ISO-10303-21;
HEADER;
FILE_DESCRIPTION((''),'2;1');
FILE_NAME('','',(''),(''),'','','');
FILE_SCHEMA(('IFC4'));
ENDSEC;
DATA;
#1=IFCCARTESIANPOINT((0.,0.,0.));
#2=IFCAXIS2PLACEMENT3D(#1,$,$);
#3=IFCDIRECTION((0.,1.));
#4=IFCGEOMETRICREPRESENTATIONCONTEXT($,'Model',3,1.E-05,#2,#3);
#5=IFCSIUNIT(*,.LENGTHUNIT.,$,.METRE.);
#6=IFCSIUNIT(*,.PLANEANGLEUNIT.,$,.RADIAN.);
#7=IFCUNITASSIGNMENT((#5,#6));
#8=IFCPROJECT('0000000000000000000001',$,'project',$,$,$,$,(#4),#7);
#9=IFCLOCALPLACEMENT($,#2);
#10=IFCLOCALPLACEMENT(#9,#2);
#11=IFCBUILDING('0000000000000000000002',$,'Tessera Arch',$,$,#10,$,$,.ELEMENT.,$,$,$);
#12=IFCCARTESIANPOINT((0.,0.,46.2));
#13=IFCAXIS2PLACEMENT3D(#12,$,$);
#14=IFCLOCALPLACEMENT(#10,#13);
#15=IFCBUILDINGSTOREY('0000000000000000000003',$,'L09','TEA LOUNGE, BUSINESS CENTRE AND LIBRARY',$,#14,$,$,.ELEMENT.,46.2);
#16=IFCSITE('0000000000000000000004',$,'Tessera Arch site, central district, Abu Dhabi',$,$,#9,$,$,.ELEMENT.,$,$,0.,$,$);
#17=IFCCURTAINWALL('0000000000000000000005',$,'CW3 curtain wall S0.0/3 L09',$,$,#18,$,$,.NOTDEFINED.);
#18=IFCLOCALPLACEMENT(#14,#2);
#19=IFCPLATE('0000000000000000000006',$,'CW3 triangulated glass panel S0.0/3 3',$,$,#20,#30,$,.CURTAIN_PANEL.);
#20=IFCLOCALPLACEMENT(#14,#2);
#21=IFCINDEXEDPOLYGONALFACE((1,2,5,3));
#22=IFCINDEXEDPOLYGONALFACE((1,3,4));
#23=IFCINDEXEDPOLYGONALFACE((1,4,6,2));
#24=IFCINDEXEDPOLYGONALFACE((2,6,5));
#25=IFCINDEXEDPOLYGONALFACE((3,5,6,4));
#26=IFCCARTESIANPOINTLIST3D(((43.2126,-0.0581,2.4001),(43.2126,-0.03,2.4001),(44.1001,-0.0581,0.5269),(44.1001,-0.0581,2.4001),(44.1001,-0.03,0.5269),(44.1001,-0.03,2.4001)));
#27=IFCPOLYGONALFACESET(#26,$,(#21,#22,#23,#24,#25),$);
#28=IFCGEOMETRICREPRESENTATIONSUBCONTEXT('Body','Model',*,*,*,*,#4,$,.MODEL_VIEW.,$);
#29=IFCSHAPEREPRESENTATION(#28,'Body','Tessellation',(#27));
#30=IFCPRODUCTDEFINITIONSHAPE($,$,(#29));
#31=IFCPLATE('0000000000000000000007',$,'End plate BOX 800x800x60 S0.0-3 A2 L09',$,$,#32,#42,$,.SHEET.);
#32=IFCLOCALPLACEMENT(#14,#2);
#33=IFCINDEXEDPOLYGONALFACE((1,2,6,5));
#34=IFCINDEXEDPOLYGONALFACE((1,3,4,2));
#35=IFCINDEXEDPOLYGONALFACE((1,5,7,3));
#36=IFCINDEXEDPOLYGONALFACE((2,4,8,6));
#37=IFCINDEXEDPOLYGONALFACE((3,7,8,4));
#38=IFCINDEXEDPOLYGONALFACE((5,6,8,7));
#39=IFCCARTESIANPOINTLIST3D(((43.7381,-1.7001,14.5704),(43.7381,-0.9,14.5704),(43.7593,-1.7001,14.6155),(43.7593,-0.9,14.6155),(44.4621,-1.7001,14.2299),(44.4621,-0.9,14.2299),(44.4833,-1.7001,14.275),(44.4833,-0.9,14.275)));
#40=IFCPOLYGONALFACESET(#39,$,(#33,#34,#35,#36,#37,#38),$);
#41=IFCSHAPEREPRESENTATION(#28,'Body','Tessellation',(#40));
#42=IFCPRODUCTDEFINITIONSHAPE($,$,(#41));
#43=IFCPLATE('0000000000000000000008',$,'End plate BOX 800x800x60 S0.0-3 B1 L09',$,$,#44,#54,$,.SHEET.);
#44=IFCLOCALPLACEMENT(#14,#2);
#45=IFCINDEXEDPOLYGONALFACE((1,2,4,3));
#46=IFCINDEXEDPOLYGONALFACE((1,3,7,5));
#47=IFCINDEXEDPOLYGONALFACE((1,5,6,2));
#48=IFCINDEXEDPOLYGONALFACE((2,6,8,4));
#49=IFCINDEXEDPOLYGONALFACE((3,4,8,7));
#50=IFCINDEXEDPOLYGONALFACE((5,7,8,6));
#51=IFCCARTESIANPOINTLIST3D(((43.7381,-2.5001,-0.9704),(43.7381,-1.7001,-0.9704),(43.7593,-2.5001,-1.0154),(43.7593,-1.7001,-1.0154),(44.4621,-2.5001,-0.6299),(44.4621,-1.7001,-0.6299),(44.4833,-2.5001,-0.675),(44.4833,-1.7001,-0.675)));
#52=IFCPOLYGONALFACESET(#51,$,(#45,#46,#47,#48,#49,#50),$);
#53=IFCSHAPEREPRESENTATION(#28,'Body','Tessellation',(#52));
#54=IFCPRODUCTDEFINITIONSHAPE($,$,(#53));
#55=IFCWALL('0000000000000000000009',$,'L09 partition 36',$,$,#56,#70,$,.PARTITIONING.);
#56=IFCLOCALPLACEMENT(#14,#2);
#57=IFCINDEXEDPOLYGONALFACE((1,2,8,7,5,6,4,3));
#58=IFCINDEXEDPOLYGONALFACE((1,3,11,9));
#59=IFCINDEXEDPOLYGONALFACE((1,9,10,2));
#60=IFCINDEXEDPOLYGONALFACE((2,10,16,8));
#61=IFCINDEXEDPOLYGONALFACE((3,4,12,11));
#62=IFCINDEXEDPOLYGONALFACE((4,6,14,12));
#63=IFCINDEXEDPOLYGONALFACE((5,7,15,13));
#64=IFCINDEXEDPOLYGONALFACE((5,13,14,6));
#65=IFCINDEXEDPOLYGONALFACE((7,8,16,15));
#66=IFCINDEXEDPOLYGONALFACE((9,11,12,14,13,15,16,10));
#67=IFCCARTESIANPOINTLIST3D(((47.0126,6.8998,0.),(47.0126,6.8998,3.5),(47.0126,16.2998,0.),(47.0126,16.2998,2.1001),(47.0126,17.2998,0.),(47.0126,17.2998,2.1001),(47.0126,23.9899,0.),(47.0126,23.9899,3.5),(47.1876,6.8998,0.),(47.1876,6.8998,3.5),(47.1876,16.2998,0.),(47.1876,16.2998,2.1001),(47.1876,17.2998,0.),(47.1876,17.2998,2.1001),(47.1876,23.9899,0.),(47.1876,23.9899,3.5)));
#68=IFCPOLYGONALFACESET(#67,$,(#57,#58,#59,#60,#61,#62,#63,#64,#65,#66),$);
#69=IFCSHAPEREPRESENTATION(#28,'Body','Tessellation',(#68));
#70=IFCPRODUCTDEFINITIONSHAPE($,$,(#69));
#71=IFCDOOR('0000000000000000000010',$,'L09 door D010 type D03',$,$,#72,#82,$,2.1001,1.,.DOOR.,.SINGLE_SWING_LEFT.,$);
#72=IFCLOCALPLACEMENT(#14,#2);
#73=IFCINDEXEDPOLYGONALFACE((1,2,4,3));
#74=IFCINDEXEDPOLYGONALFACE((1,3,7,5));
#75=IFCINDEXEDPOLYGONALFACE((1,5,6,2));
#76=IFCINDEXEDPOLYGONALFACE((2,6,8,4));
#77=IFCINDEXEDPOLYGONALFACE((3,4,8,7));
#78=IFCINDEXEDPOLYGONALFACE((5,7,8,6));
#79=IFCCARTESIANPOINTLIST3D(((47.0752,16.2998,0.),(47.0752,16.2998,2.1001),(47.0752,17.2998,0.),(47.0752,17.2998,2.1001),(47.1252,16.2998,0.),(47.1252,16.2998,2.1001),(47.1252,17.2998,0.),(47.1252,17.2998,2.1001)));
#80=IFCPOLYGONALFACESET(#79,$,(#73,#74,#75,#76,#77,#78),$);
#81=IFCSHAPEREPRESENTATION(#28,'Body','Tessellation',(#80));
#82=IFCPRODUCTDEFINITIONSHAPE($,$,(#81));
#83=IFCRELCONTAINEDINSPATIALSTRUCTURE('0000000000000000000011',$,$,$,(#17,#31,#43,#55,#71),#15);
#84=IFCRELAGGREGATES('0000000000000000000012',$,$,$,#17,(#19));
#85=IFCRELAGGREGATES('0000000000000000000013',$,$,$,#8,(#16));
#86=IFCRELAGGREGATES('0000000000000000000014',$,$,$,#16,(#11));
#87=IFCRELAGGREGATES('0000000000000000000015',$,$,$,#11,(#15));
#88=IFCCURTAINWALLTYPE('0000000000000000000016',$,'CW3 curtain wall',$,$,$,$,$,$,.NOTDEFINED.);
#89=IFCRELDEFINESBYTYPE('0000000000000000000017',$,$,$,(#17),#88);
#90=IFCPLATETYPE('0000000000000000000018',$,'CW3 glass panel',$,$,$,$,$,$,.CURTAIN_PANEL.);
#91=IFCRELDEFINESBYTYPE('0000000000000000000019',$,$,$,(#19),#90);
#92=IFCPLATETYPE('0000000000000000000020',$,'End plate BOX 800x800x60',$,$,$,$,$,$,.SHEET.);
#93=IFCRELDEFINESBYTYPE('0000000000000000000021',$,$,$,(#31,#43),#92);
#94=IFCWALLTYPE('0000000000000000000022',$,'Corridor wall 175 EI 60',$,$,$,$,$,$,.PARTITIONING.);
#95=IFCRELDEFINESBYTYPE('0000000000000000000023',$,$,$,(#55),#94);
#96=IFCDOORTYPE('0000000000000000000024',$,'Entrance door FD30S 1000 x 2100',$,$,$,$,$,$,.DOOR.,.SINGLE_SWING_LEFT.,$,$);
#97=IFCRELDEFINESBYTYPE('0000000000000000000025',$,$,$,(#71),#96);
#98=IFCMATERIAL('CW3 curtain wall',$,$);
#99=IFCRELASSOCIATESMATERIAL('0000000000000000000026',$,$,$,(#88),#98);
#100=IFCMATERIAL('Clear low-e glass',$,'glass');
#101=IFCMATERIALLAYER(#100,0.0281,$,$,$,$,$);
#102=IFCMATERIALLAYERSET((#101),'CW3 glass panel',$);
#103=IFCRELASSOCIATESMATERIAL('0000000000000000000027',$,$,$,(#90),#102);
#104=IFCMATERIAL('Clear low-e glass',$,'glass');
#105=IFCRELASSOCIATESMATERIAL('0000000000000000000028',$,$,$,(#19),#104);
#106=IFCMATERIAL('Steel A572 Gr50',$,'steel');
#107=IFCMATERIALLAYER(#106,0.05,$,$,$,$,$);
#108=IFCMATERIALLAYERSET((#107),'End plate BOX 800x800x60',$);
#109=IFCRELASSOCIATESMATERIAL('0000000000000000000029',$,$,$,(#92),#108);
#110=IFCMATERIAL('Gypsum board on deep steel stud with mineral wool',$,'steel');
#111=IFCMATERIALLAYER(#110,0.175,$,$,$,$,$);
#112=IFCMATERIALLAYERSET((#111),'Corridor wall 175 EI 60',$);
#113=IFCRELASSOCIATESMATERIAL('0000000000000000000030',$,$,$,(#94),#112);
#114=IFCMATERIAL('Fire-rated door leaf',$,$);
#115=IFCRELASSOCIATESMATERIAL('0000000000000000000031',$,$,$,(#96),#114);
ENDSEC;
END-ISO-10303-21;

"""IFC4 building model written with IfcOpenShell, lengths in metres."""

from ifc_helpers import new_model, si_unit, direction, frame, frame_2d, origin, origin_2d, place, context, subcontext, project, spatial, polyline, rectangle, outline, extrude, material, layer, layer_set, type_object, element, fill, aggregate, save


model = new_model("IFC4")

# Units and contexts
model_context = context("Model", 3, precision=1e-05, world=origin(), true_north=direction((0.0, 1.0)))
body_context = subcontext(model_context, "Body", "Model", "MODEL_VIEW")
ifc_project = project(units=[si_unit("LENGTHUNIT", "METRE"), si_unit("PLANEANGLEUNIT", "RADIAN")], contexts=[model_context])

# Site, building, storey
site_placement = place(None, origin())
site = spatial("IfcSite", under=ifc_project, at=site_placement, Name="Tessera Arch site, central district, Abu Dhabi", CompositionType="ELEMENT", RefElevation=0.0)
building_placement = place(site_placement, origin())
building = spatial("IfcBuilding", under=site, at=building_placement, Name="Tessera Arch", CompositionType="ELEMENT")
storey_placement = place(building_placement, frame((0.0, 0.0, 46.2)))
storey = spatial("IfcBuildingStorey", under=building, at=storey_placement, Name="L09", Description="TEA LOUNGE, BUSINESS CENTRE AND LIBRARY", CompositionType="ELEMENT", Elevation=46.2)

# Shared definitions
ifc_material_1 = material(Name="Clear low-e glass", Category="glass")

# Curtain wall, plate
ifc_material_2 = material(Name="CW3 curtain wall")
curtain_wall_type_1 = type_object("IfcCurtainWallType", Name="CW3 curtain wall", PredefinedType="NOTDEFINED", material=ifc_material_2)
curtain_wall_1_placement = place(storey_placement, origin())
curtain_wall_1 = element("IfcCurtainWall", 1, at=curtain_wall_1_placement, inside=storey, type_object=curtain_wall_type_1, Name="CW3 curtain wall S0.0/3 L09", PredefinedType="NOTDEFINED")
ifc_material_3 = material(Name="Clear low-e glass", Category="glass")
ifc_layer_1 = layer(ifc_material_3, 0.0281)
ifc_layer_set_1 = layer_set([ifc_layer_1], Name="CW3 glass panel")
plate_type_1 = type_object("IfcPlateType", Name="CW3 glass panel", PredefinedType="CURTAIN_PANEL", material=ifc_layer_set_1)
plate_1_placement = place(storey_placement, frame((44.1001, -0.0581, 2.4001), z_axis=(0.0, -1.0, 0.0), x_axis=(-1.0, 0.0, 0.0)))
plate_1 = element("IfcPlate", 2, at=plate_1_placement, type_object=plate_type_1, material=ifc_material_1, Name="CW3 triangulated glass panel S0.0/3 3", PredefinedType="CURTAIN_PANEL", context=body_context, shape_type="SweptSolid", body=[
    extrude(outline(polyline([(0.0, 0.0), (0.8875, 0.0), (0.0, 1.8733), (0.0, 0.0)])), origin(), (0.0, 0.0, -1.0), 0.0281),
])
aggregate(curtain_wall_1, [plate_1])

# Plates
ifc_material_4 = material(Name="Steel A572 Gr50", Category="steel")
ifc_layer_2 = layer(ifc_material_4, 0.05)
ifc_layer_set_2 = layer_set([ifc_layer_2], Name="End plate BOX 800x800x60")
plate_type_2 = type_object("IfcPlateType", Name="End plate BOX 800x800x60", PredefinedType="SHEET", material=ifc_layer_set_2)
for number, where, z_axis, x_axis, name in (
    (3, (44.1001, -1.3, 14.4001), (0.425561, 0.0, 0.90493), (0.0, 1.0, 0.0), "End plate BOX 800x800x60 S0.0-3 A2 L09"),
    (4, (44.1213, -2.1001, -0.8452), (-0.425561, 0.0, 0.90493), (0.0, -1.0, 0.0), "End plate BOX 800x800x60 S0.0-3 B1 L09"),
):
    element("IfcPlate", number, at=place(storey_placement, frame(where, z_axis=z_axis, x_axis=x_axis)), inside=storey, type_object=plate_type_2, Name=name, PredefinedType="SHEET", context=body_context, shape_type="SweptSolid", body=[
        extrude(rectangle(XDim=0.8, YDim=0.8, at=origin_2d()), origin(), (0.0, 0.0, 1.0), 0.0498),
    ])

# Wall, opening, door
ifc_material_5 = material(Name="Gypsum board on deep steel stud with mineral wool", Category="steel")
ifc_layer_3 = layer(ifc_material_5, 0.175)
ifc_layer_set_3 = layer_set([ifc_layer_3], Name="Corridor wall 175 EI 60")
wall_type = type_object("IfcWallType", Name="Corridor wall 175 EI 60", PredefinedType="PARTITIONING", material=ifc_layer_set_3)
wall_placement = place(storey_placement, frame((47.1001, 6.8999, 0.0), z_axis=(0.0, 0.0, 1.0), x_axis=(0.0, 1.0, 0.0)))
wall = element("IfcWall", 5, at=wall_placement, inside=storey, type_object=wall_type, Name="L09 partition 36", PredefinedType="PARTITIONING", context=body_context, shape_type="SweptSolid", body=[
    extrude(rectangle(XDim=17.0901, YDim=0.175, at=frame_2d((8.5449, 0.0))), origin(), (0.0, 0.0, 1.0), 3.5),
])
opening_placement = place(wall_placement, frame((9.3999, 0.0, 0.0)))
opening = element("IfcOpeningElement", 6, at=opening_placement, cuts=wall, PredefinedType="OPENING", context=body_context, shape_type="SweptSolid", body=[
    extrude(rectangle(XDim=1.0, YDim=2.1001, at=frame_2d((0.5, 1.05))), frame((0.0, 0.0974, 0.0), z_axis=(0.0, -1.0, 0.0), x_axis=(1.0, 0.0, 0.0)), (0.0, 0.0, 1.0), 0.1951),
])
ifc_material_6 = material(Name="Fire-rated door leaf")
door_type = type_object("IfcDoorType", Name="Entrance door FD30S 1000 x 2100", OperationType="SINGLE_SWING_LEFT", PredefinedType="DOOR", material=ifc_material_6)
door_placement = place(opening_placement, origin())
door = element("IfcDoor", 7, at=door_placement, inside=storey, type_object=door_type, Name="L09 door D010 type D03", OperationType="SINGLE_SWING_LEFT", OverallHeight=2.1001, OverallWidth=1.0, PredefinedType="DOOR", context=body_context, shape_type="SweptSolid", body=[
    extrude(rectangle(XDim=1.0, YDim=2.1001, at=frame_2d((0.5, 1.05))), frame((0.0, 0.0249, 0.0), z_axis=(0.0, -1.0, 0.0), x_axis=(1.0, 0.0, 0.0)), (0.0, 0.0, 1.0), 0.05),
])
fill(opening, door)

save(model, "model.ifc")
